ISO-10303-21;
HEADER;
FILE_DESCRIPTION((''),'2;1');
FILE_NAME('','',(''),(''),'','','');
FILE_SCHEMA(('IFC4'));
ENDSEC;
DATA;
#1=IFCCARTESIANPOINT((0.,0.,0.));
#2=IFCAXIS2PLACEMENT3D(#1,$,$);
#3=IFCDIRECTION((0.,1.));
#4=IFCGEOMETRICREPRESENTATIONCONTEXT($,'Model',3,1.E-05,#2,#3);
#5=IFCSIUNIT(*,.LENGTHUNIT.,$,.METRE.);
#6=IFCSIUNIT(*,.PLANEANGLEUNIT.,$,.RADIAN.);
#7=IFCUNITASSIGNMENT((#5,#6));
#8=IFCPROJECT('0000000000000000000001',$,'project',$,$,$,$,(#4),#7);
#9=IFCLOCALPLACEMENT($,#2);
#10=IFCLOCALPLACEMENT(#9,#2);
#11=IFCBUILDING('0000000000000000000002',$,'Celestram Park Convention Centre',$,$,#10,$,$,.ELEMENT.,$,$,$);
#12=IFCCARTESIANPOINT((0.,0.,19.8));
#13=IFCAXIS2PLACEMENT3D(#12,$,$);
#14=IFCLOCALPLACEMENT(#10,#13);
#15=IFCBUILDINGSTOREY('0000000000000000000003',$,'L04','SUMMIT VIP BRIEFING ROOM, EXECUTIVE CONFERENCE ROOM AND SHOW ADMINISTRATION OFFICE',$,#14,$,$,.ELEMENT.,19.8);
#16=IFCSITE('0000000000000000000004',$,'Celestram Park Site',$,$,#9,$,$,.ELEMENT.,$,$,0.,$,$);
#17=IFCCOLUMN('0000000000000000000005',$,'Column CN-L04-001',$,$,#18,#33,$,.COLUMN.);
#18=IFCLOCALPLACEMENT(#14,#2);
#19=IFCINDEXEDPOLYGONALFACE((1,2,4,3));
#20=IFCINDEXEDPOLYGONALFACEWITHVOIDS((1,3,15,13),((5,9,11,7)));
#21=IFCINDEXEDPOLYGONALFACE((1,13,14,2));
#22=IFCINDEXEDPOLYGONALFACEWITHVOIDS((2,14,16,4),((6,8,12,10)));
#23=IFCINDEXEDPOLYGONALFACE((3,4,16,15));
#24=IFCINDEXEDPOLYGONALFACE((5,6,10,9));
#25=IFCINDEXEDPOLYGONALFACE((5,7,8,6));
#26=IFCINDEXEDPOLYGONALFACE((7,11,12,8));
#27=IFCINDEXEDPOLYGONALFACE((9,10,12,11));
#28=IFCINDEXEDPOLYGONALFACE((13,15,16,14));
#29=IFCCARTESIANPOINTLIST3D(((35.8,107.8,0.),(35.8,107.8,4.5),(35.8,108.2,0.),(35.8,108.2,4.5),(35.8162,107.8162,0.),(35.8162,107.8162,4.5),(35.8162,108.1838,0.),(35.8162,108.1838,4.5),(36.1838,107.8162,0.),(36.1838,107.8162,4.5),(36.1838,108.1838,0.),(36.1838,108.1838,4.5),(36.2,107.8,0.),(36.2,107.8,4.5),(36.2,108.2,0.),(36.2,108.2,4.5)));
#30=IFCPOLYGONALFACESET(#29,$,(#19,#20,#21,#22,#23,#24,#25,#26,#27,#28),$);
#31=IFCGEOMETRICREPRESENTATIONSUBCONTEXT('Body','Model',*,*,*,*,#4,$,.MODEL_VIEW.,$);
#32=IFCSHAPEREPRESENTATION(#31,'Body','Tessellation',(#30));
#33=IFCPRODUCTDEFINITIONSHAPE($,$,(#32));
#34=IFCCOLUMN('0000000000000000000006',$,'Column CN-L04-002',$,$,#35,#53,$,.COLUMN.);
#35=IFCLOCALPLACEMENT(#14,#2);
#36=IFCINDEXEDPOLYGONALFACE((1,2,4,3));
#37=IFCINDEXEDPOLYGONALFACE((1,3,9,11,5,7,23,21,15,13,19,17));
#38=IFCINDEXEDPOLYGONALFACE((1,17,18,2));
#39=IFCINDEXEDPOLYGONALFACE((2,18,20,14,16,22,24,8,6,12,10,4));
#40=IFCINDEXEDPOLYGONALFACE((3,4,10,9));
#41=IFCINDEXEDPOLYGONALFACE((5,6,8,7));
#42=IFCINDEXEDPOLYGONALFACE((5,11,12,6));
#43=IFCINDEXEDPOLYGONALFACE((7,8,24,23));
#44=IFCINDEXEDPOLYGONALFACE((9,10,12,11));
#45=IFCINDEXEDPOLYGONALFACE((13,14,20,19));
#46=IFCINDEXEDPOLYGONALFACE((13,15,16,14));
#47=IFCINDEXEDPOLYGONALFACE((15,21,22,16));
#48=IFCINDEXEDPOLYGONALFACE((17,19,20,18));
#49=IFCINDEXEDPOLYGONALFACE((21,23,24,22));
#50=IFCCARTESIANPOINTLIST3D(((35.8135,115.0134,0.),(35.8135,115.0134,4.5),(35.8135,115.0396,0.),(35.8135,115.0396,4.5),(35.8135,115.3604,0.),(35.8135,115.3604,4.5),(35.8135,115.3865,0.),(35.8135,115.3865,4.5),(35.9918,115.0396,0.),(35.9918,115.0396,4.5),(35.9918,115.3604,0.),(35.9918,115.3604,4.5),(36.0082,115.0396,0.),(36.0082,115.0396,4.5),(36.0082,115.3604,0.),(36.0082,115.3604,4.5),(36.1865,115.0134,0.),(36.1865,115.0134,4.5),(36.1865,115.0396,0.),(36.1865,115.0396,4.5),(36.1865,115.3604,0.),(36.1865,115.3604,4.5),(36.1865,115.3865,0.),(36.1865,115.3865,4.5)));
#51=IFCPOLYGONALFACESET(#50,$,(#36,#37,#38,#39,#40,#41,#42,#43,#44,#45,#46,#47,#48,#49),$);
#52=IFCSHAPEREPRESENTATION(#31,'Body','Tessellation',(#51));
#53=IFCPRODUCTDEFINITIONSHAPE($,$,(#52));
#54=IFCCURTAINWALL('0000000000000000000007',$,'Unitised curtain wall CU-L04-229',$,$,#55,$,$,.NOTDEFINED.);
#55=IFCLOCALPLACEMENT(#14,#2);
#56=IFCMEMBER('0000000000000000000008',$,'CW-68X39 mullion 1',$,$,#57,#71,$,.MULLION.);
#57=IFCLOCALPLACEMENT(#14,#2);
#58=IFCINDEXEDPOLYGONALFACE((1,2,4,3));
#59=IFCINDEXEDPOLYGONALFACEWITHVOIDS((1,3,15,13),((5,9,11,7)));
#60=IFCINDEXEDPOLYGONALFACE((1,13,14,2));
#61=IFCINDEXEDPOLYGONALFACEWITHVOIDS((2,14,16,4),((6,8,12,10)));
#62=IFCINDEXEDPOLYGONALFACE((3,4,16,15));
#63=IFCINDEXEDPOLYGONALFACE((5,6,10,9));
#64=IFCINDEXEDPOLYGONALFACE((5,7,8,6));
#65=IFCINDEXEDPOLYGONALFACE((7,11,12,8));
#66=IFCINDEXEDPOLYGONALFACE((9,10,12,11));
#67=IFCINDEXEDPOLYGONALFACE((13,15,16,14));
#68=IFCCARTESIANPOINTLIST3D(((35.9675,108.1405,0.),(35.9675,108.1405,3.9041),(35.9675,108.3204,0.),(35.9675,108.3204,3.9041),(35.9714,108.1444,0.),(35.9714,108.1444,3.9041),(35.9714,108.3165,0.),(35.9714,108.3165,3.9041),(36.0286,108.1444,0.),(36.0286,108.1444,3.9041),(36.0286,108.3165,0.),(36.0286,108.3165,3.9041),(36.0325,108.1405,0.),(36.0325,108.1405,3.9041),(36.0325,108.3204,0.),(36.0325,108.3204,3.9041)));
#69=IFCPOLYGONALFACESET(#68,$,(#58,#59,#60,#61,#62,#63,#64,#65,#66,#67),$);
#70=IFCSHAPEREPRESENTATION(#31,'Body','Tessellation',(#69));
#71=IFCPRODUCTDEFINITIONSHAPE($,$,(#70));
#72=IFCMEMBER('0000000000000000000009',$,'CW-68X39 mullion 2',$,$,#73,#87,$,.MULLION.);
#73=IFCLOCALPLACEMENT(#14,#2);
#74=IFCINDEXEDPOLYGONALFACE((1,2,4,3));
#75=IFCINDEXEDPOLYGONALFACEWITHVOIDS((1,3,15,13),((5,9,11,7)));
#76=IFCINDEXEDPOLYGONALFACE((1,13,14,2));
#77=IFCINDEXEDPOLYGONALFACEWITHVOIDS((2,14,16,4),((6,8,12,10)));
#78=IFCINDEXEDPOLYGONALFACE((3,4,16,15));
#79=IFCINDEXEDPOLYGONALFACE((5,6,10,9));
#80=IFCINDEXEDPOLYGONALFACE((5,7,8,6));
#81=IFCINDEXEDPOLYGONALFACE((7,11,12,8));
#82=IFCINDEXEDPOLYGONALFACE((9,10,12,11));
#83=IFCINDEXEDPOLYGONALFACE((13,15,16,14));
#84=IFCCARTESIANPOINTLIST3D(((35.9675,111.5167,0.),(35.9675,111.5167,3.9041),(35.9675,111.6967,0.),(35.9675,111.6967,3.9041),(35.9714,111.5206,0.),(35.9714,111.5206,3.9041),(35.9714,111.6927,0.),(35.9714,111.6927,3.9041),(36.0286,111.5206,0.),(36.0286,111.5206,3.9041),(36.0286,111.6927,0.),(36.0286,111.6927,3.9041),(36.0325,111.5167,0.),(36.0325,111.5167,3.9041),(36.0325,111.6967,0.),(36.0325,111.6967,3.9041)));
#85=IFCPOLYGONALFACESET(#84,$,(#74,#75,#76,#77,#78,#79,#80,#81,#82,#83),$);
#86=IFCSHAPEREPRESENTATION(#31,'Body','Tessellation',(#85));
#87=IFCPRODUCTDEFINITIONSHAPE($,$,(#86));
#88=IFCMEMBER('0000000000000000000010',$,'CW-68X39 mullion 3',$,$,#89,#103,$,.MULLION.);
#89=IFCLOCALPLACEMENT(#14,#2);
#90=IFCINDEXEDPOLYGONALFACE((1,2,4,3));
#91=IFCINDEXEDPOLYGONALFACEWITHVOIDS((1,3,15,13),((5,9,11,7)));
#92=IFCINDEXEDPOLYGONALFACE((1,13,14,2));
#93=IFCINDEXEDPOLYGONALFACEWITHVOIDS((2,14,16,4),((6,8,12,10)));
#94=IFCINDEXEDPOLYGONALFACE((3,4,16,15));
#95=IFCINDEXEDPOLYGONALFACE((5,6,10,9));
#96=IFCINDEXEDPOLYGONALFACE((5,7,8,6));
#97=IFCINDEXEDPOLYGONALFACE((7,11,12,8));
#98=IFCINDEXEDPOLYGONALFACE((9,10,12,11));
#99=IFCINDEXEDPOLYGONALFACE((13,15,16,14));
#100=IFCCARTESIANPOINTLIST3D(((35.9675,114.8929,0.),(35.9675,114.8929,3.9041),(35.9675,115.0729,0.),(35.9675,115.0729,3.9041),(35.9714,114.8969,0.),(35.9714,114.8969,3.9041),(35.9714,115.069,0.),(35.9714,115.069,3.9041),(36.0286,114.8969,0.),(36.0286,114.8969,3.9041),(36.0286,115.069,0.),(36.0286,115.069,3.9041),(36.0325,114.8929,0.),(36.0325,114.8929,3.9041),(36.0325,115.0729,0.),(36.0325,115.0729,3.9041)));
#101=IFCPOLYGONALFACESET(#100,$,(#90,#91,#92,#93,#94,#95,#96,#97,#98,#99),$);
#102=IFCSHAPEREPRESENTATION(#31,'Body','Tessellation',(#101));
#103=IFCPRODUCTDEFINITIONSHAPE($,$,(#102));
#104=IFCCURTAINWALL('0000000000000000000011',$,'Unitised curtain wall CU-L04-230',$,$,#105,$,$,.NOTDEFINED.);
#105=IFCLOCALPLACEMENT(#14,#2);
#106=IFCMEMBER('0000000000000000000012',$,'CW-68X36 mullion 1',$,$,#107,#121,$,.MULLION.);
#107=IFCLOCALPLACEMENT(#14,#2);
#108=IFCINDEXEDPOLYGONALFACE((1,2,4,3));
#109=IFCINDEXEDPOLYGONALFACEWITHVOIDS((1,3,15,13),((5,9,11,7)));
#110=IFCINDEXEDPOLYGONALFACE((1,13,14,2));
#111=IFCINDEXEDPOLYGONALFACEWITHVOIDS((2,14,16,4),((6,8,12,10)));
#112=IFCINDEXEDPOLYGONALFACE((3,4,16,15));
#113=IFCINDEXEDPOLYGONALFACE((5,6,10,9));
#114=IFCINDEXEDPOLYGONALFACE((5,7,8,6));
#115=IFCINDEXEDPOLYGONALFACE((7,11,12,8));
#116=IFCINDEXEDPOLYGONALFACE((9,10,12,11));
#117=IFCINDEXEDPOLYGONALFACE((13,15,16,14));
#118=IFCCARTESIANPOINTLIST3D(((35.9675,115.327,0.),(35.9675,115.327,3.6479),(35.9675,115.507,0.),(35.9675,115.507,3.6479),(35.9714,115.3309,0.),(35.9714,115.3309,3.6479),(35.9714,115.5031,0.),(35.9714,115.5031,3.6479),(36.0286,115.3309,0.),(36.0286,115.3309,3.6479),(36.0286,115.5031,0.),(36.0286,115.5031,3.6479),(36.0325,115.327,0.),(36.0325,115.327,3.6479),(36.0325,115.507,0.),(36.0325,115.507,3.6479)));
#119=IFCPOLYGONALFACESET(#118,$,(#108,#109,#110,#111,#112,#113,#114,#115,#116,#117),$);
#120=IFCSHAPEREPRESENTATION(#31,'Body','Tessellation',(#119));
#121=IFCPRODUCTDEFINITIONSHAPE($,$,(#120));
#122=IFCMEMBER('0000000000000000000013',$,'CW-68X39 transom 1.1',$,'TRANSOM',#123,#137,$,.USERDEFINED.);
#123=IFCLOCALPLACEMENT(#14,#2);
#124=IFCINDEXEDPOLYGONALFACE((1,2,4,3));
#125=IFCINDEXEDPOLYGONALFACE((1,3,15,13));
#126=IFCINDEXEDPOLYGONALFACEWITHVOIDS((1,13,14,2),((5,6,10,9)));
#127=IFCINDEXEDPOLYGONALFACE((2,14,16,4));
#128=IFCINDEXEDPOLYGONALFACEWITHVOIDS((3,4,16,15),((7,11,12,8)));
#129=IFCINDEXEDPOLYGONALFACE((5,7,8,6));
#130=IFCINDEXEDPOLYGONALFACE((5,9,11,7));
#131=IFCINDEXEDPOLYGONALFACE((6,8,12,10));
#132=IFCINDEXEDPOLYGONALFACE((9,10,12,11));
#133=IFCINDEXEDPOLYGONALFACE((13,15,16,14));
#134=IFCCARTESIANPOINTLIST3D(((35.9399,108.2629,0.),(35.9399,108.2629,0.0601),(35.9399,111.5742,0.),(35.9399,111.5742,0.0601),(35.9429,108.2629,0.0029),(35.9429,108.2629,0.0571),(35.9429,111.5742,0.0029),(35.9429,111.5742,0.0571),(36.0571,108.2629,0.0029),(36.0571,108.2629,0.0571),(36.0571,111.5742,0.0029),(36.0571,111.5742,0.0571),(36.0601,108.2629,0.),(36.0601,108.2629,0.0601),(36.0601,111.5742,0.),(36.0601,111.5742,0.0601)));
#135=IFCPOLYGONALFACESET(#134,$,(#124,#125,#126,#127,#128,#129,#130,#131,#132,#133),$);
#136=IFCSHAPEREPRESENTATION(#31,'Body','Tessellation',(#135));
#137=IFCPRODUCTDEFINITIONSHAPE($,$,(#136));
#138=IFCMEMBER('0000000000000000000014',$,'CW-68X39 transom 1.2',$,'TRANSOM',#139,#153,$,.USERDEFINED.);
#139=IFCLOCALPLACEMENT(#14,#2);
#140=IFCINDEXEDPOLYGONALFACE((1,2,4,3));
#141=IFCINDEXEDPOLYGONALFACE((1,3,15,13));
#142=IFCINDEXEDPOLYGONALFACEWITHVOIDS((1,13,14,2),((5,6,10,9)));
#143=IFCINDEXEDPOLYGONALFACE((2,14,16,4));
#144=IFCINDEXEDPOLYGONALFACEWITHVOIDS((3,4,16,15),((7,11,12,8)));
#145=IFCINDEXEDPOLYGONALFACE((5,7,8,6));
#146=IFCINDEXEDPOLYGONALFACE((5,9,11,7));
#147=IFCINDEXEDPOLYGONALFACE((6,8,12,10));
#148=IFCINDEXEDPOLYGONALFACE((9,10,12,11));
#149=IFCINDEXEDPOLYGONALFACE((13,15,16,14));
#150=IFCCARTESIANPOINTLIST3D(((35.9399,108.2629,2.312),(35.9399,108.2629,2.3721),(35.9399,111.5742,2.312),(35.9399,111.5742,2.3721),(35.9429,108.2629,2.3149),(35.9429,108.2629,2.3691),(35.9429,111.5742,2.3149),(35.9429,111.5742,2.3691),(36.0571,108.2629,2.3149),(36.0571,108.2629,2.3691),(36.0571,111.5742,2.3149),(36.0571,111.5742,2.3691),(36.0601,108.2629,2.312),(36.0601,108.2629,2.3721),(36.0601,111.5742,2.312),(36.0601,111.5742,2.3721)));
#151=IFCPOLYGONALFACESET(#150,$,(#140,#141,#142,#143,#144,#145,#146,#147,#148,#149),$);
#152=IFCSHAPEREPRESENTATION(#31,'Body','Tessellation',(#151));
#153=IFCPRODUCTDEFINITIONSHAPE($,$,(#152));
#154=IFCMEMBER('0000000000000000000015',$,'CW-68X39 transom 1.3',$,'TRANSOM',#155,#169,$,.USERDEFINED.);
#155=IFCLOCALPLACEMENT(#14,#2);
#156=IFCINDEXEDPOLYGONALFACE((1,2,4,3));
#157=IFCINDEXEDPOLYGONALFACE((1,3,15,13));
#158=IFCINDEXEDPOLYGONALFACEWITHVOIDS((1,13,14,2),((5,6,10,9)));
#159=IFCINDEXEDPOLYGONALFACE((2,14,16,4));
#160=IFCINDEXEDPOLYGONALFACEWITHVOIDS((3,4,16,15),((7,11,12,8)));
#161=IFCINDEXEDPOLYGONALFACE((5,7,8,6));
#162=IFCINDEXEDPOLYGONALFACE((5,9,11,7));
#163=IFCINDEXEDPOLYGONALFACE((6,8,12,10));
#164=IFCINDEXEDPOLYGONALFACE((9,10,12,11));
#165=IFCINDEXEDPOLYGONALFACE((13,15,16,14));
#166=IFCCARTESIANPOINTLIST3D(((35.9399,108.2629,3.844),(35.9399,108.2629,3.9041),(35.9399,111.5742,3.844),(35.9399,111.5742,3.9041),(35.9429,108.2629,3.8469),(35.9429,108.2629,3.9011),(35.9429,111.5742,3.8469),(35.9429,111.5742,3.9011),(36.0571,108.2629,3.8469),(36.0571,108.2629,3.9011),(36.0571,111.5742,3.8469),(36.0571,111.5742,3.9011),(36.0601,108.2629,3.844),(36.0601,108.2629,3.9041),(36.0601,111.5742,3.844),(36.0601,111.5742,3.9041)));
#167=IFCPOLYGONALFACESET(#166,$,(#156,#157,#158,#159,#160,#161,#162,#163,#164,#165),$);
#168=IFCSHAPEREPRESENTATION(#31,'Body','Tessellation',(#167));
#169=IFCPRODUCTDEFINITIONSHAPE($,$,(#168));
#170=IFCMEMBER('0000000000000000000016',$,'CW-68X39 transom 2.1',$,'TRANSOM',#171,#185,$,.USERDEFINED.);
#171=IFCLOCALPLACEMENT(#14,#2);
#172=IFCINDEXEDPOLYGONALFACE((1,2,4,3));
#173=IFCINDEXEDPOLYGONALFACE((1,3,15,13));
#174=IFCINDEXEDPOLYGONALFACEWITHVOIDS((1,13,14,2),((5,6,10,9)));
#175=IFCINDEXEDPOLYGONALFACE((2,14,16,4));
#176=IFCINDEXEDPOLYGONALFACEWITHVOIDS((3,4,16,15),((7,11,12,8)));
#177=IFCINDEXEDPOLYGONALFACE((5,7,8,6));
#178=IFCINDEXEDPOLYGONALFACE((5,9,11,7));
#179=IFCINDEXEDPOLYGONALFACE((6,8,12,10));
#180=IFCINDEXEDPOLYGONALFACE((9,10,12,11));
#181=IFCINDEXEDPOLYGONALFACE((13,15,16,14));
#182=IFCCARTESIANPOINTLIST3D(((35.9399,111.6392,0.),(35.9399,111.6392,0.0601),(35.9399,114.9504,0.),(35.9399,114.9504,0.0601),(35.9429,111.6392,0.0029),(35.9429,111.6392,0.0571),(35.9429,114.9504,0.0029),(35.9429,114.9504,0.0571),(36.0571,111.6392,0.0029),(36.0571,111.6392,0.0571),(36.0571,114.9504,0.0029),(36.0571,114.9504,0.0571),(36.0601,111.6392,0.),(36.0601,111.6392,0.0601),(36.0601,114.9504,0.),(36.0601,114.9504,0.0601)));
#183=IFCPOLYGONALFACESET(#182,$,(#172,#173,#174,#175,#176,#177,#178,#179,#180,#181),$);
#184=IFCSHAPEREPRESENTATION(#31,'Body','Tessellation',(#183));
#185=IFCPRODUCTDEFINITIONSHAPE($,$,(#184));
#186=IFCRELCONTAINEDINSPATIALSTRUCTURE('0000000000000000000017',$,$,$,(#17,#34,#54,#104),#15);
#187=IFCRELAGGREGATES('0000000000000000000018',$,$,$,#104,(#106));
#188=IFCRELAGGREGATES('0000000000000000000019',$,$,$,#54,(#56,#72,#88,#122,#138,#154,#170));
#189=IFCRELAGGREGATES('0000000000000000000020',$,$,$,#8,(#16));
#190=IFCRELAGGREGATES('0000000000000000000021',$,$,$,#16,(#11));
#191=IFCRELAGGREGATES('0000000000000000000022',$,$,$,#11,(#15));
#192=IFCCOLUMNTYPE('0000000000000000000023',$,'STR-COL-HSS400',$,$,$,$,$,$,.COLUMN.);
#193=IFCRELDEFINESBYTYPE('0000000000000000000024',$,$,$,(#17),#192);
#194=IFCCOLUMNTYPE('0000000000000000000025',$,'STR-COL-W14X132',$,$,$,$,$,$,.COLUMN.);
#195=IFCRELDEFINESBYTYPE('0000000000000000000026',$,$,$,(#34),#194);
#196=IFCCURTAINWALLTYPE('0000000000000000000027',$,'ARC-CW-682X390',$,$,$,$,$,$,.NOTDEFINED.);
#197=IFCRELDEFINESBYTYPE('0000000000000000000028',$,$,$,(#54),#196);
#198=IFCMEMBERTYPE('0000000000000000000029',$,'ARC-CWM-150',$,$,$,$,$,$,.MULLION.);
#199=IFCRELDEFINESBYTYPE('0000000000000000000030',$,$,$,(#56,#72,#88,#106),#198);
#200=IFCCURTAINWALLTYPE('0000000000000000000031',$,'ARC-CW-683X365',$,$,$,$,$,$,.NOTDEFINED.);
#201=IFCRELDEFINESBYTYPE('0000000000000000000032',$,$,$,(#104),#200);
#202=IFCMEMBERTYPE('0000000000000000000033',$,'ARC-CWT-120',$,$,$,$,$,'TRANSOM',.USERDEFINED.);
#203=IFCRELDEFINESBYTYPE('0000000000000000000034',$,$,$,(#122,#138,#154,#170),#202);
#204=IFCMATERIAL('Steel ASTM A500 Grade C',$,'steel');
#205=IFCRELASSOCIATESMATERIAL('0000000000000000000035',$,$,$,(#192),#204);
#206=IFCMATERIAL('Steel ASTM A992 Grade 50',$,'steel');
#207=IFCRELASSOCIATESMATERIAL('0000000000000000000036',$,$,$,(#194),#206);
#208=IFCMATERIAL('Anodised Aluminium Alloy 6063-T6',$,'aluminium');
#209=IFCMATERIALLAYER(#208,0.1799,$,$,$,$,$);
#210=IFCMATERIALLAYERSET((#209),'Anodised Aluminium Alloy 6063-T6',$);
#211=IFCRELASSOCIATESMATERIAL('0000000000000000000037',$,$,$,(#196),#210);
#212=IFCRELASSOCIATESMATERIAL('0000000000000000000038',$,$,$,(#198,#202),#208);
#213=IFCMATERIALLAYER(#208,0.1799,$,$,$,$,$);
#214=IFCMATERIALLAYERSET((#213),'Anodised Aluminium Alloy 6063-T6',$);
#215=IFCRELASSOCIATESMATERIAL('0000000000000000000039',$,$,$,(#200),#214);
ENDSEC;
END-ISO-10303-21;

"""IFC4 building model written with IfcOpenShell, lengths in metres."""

from ifc_helpers import new_model, si_unit, direction, frame, origin, origin_2d, place, context, subcontext, project, spatial, hollow_rectangle, i_section, extrude, material, layer, layer_set, material_profile, profile_set, type_object, element, aggregate, save


model = new_model("IFC4")

# Units and contexts
model_context = context("Model", 3, precision=1e-05, world=origin(), true_north=direction((0.0, 1.0)))
body_context = subcontext(model_context, "Body", "Model", "MODEL_VIEW")
ifc_project = project(units=[si_unit("LENGTHUNIT", "METRE"), si_unit("PLANEANGLEUNIT", "RADIAN")], contexts=[model_context])

# Site, building, storey
site_placement = place(None, origin())
site = spatial("IfcSite", under=ifc_project, at=site_placement, Name="Celestram Park Site", CompositionType="ELEMENT", RefElevation=0.0)
building_placement = place(site_placement, origin())
building = spatial("IfcBuilding", under=site, at=building_placement, Name="Celestram Park Convention Centre", CompositionType="ELEMENT")
storey_placement = place(building_placement, frame((0.0, 0.0, 19.8)))
storey = spatial("IfcBuildingStorey", under=building, at=storey_placement, Name="L04", Description="SUMMIT VIP BRIEFING ROOM, EXECUTIVE CONFERENCE ROOM AND SHOW ADMINISTRATION OFFICE", CompositionType="ELEMENT", Elevation=19.8)

# Columns
ifc_material_1 = material(Name="Steel ASTM A500 Grade C", Category="steel")
ifc_material_profile_1 = material_profile(ifc_material_1, hollow_rectangle(XDim=0.3999, YDim=0.3999, WallThickness=0.0161, at=origin_2d()), Name="HSS400X400X16")
ifc_profile_set_1 = profile_set([ifc_material_profile_1], Name="Steel ASTM A500 Grade C")
column_type_1 = type_object("IfcColumnType", Name="STR-COL-HSS400", PredefinedType="COLUMN", material=ifc_profile_set_1)
column_1_placement = place(storey_placement, frame((36.0, 108.0, 0.0), z_axis=(0.0, 0.0, 1.0), x_axis=(1.0, 0.0, 0.0)))
element("IfcColumn", 1, at=column_1_placement, inside=storey, type_object=column_type_1, Name="Column CN-L04-001", PredefinedType="COLUMN", context=body_context, shape_type="SweptSolid", body=[
    extrude(hollow_rectangle(XDim=0.3999, YDim=0.3999, WallThickness=0.0161, at=origin_2d()), origin(), (0.0, 0.0, 1.0), 4.5),
])
ifc_material_2 = material(Name="Steel ASTM A992 Grade 50", Category="steel")
ifc_material_profile_2 = material_profile(ifc_material_2, i_section(OverallWidth=0.373, OverallDepth=0.373, WebThickness=0.0164, FlangeThickness=0.0261, at=origin_2d()), Name="W14X132")
ifc_profile_set_2 = profile_set([ifc_material_profile_2], Name="Steel ASTM A992 Grade 50")
column_type_2 = type_object("IfcColumnType", Name="STR-COL-W14X132", PredefinedType="COLUMN", material=ifc_profile_set_2)
column_2_placement = place(storey_placement, frame((36.0, 115.2, 0.0), z_axis=(0.0, 0.0, 1.0), x_axis=(1.0, 0.0, 0.0)))
element("IfcColumn", 2, at=column_2_placement, inside=storey, type_object=column_type_2, Name="Column CN-L04-002", PredefinedType="COLUMN", context=body_context, shape_type="SweptSolid", body=[
    extrude(i_section(OverallWidth=0.373, OverallDepth=0.373, WebThickness=0.0164, FlangeThickness=0.0261, at=origin_2d()), origin(), (0.0, 0.0, 1.0), 4.5),
])

# Curtain wall, members
ifc_material_3 = material(Name="Anodised Aluminium Alloy 6063-T6", Category="aluminium")
ifc_layer_1 = layer(ifc_material_3, 0.1799)
ifc_layer_set_1 = layer_set([ifc_layer_1], Name="Anodised Aluminium Alloy 6063-T6")
curtain_wall_type_1 = type_object("IfcCurtainWallType", Name="ARC-CW-682X390", PredefinedType="NOTDEFINED", material=ifc_layer_set_1)
curtain_wall_1_placement = place(storey_placement, origin())
curtain_wall_1 = element("IfcCurtainWall", 3, at=curtain_wall_1_placement, inside=storey, type_object=curtain_wall_type_1, Name="Unitised curtain wall CU-L04-229", PredefinedType="NOTDEFINED")
ifc_material_profile_3 = material_profile(ifc_material_3, hollow_rectangle(XDim=0.0649, YDim=0.1799, WallThickness=0.0039, at=origin_2d()), Name="ALU65X180X4")
ifc_profile_set_3 = profile_set([ifc_material_profile_3], Name="Anodised Aluminium Alloy 6063-T6")
member_type_1 = type_object("IfcMemberType", Name="ARC-CWM-150", PredefinedType="MULLION", material=ifc_profile_set_3)
member_1_placement = place(storey_placement, frame((36.0, 108.2305, 0.0), z_axis=(0.0, 0.0, 1.0), x_axis=(-1.0, 0.0, 0.0)))
member_1 = element("IfcMember", 4, at=member_1_placement, type_object=member_type_1, Name="CW-68X39 mullion 1", PredefinedType="MULLION", context=body_context, shape_type="SweptSolid", body=[
    extrude(hollow_rectangle(XDim=0.0649, YDim=0.1799, WallThickness=0.0039, at=origin_2d()), origin(), (0.0, 0.0, 1.0), 3.9041),
])
member_2_placement = place(storey_placement, frame((36.0, 111.6067, 0.0), z_axis=(0.0, 0.0, 1.0), x_axis=(-1.0, 0.0, 0.0)))
member_2 = element("IfcMember", 5, at=member_2_placement, type_object=member_type_1, Name="CW-68X39 mullion 2", PredefinedType="MULLION", context=body_context, shape_type="SweptSolid", body=[
    extrude(hollow_rectangle(XDim=0.0649, YDim=0.1799, WallThickness=0.0039, at=origin_2d()), origin(), (0.0, 0.0, 1.0), 3.9041),
])
member_3_placement = place(storey_placement, frame((36.0, 114.9829, 0.0), z_axis=(0.0, 0.0, 1.0), x_axis=(-1.0, 0.0, 0.0)))
member_3 = element("IfcMember", 6, at=member_3_placement, type_object=member_type_1, Name="CW-68X39 mullion 3", PredefinedType="MULLION", context=body_context, shape_type="SweptSolid", body=[
    extrude(hollow_rectangle(XDim=0.0649, YDim=0.1799, WallThickness=0.0039, at=origin_2d()), origin(), (0.0, 0.0, 1.0), 3.9041),
])

# Curtain wall, member
ifc_layer_2 = layer(ifc_material_3, 0.1799)
ifc_layer_set_2 = layer_set([ifc_layer_2], Name="Anodised Aluminium Alloy 6063-T6")
curtain_wall_type_2 = type_object("IfcCurtainWallType", Name="ARC-CW-683X365", PredefinedType="NOTDEFINED", material=ifc_layer_set_2)
curtain_wall_2_placement = place(storey_placement, origin())
curtain_wall_2 = element("IfcCurtainWall", 7, at=curtain_wall_2_placement, inside=storey, type_object=curtain_wall_type_2, Name="Unitised curtain wall CU-L04-230", PredefinedType="NOTDEFINED")
member_4_placement = place(storey_placement, frame((36.0, 115.417, 0.0), z_axis=(0.0, 0.0, 1.0), x_axis=(-1.0, 0.0, 0.0)))
member_4 = element("IfcMember", 8, at=member_4_placement, type_object=member_type_1, Name="CW-68X36 mullion 1", PredefinedType="MULLION", context=body_context, shape_type="SweptSolid", body=[
    extrude(hollow_rectangle(XDim=0.0649, YDim=0.1799, WallThickness=0.0039, at=origin_2d()), origin(), (0.0, 0.0, 1.0), 3.6479),
])

# Members
ifc_material_profile_4 = material_profile(ifc_material_3, hollow_rectangle(XDim=0.1201, YDim=0.0601, WallThickness=0.0029, at=origin_2d()), Name="ALU120X60X3")
ifc_profile_set_4 = profile_set([ifc_material_profile_4], Name="Anodised Aluminium Alloy 6063-T6")
member_type_2 = type_object("IfcMemberType", Name="ARC-CWT-120", ElementType="TRANSOM", PredefinedType="USERDEFINED", material=ifc_profile_set_4)
member_5_placement = place(storey_placement, frame((36.0, 108.2629, 0.03), z_axis=(0.0, 1.0, 0.0), x_axis=(-1.0, 0.0, 0.0)))
member_5 = element("IfcMember", 9, at=member_5_placement, type_object=member_type_2, Name="CW-68X39 transom 1.1", ObjectType="TRANSOM", PredefinedType="USERDEFINED", context=body_context, shape_type="SweptSolid", body=[
    extrude(hollow_rectangle(XDim=0.1201, YDim=0.0601, WallThickness=0.0029, at=origin_2d()), origin(), (0.0, 0.0, 1.0), 3.3113),
])
member_6_placement = place(storey_placement, frame((36.0, 108.2629, 2.342), z_axis=(0.0, 1.0, 0.0), x_axis=(-1.0, 0.0, 0.0)))
member_6 = element("IfcMember", 10, at=member_6_placement, type_object=member_type_2, Name="CW-68X39 transom 1.2", ObjectType="TRANSOM", PredefinedType="USERDEFINED", context=body_context, shape_type="SweptSolid", body=[
    extrude(hollow_rectangle(XDim=0.1201, YDim=0.0601, WallThickness=0.0029, at=origin_2d()), origin(), (0.0, 0.0, 1.0), 3.3113),
])
member_7_placement = place(storey_placement, frame((36.0, 108.2629, 3.874), z_axis=(0.0, 1.0, 0.0), x_axis=(-1.0, 0.0, 0.0)))
member_7 = element("IfcMember", 11, at=member_7_placement, type_object=member_type_2, Name="CW-68X39 transom 1.3", ObjectType="TRANSOM", PredefinedType="USERDEFINED", context=body_context, shape_type="SweptSolid", body=[
    extrude(hollow_rectangle(XDim=0.1201, YDim=0.0601, WallThickness=0.0029, at=origin_2d()), origin(), (0.0, 0.0, 1.0), 3.3113),
])
member_8_placement = place(storey_placement, frame((36.0, 111.6392, 0.03), z_axis=(0.0, 1.0, 0.0), x_axis=(-1.0, 0.0, 0.0)))
member_8 = element("IfcMember", 12, at=member_8_placement, type_object=member_type_2, Name="CW-68X39 transom 2.1", ObjectType="TRANSOM", PredefinedType="USERDEFINED", context=body_context, shape_type="SweptSolid", body=[
    extrude(hollow_rectangle(XDim=0.1201, YDim=0.0601, WallThickness=0.0029, at=origin_2d()), origin(), (0.0, 0.0, 1.0), 3.3113),
])
aggregate(curtain_wall_2, [member_4])

aggregate(curtain_wall_1, [member_1, member_2, member_3, member_5, member_6, member_7, member_8])

save(model, "model.ifc")
